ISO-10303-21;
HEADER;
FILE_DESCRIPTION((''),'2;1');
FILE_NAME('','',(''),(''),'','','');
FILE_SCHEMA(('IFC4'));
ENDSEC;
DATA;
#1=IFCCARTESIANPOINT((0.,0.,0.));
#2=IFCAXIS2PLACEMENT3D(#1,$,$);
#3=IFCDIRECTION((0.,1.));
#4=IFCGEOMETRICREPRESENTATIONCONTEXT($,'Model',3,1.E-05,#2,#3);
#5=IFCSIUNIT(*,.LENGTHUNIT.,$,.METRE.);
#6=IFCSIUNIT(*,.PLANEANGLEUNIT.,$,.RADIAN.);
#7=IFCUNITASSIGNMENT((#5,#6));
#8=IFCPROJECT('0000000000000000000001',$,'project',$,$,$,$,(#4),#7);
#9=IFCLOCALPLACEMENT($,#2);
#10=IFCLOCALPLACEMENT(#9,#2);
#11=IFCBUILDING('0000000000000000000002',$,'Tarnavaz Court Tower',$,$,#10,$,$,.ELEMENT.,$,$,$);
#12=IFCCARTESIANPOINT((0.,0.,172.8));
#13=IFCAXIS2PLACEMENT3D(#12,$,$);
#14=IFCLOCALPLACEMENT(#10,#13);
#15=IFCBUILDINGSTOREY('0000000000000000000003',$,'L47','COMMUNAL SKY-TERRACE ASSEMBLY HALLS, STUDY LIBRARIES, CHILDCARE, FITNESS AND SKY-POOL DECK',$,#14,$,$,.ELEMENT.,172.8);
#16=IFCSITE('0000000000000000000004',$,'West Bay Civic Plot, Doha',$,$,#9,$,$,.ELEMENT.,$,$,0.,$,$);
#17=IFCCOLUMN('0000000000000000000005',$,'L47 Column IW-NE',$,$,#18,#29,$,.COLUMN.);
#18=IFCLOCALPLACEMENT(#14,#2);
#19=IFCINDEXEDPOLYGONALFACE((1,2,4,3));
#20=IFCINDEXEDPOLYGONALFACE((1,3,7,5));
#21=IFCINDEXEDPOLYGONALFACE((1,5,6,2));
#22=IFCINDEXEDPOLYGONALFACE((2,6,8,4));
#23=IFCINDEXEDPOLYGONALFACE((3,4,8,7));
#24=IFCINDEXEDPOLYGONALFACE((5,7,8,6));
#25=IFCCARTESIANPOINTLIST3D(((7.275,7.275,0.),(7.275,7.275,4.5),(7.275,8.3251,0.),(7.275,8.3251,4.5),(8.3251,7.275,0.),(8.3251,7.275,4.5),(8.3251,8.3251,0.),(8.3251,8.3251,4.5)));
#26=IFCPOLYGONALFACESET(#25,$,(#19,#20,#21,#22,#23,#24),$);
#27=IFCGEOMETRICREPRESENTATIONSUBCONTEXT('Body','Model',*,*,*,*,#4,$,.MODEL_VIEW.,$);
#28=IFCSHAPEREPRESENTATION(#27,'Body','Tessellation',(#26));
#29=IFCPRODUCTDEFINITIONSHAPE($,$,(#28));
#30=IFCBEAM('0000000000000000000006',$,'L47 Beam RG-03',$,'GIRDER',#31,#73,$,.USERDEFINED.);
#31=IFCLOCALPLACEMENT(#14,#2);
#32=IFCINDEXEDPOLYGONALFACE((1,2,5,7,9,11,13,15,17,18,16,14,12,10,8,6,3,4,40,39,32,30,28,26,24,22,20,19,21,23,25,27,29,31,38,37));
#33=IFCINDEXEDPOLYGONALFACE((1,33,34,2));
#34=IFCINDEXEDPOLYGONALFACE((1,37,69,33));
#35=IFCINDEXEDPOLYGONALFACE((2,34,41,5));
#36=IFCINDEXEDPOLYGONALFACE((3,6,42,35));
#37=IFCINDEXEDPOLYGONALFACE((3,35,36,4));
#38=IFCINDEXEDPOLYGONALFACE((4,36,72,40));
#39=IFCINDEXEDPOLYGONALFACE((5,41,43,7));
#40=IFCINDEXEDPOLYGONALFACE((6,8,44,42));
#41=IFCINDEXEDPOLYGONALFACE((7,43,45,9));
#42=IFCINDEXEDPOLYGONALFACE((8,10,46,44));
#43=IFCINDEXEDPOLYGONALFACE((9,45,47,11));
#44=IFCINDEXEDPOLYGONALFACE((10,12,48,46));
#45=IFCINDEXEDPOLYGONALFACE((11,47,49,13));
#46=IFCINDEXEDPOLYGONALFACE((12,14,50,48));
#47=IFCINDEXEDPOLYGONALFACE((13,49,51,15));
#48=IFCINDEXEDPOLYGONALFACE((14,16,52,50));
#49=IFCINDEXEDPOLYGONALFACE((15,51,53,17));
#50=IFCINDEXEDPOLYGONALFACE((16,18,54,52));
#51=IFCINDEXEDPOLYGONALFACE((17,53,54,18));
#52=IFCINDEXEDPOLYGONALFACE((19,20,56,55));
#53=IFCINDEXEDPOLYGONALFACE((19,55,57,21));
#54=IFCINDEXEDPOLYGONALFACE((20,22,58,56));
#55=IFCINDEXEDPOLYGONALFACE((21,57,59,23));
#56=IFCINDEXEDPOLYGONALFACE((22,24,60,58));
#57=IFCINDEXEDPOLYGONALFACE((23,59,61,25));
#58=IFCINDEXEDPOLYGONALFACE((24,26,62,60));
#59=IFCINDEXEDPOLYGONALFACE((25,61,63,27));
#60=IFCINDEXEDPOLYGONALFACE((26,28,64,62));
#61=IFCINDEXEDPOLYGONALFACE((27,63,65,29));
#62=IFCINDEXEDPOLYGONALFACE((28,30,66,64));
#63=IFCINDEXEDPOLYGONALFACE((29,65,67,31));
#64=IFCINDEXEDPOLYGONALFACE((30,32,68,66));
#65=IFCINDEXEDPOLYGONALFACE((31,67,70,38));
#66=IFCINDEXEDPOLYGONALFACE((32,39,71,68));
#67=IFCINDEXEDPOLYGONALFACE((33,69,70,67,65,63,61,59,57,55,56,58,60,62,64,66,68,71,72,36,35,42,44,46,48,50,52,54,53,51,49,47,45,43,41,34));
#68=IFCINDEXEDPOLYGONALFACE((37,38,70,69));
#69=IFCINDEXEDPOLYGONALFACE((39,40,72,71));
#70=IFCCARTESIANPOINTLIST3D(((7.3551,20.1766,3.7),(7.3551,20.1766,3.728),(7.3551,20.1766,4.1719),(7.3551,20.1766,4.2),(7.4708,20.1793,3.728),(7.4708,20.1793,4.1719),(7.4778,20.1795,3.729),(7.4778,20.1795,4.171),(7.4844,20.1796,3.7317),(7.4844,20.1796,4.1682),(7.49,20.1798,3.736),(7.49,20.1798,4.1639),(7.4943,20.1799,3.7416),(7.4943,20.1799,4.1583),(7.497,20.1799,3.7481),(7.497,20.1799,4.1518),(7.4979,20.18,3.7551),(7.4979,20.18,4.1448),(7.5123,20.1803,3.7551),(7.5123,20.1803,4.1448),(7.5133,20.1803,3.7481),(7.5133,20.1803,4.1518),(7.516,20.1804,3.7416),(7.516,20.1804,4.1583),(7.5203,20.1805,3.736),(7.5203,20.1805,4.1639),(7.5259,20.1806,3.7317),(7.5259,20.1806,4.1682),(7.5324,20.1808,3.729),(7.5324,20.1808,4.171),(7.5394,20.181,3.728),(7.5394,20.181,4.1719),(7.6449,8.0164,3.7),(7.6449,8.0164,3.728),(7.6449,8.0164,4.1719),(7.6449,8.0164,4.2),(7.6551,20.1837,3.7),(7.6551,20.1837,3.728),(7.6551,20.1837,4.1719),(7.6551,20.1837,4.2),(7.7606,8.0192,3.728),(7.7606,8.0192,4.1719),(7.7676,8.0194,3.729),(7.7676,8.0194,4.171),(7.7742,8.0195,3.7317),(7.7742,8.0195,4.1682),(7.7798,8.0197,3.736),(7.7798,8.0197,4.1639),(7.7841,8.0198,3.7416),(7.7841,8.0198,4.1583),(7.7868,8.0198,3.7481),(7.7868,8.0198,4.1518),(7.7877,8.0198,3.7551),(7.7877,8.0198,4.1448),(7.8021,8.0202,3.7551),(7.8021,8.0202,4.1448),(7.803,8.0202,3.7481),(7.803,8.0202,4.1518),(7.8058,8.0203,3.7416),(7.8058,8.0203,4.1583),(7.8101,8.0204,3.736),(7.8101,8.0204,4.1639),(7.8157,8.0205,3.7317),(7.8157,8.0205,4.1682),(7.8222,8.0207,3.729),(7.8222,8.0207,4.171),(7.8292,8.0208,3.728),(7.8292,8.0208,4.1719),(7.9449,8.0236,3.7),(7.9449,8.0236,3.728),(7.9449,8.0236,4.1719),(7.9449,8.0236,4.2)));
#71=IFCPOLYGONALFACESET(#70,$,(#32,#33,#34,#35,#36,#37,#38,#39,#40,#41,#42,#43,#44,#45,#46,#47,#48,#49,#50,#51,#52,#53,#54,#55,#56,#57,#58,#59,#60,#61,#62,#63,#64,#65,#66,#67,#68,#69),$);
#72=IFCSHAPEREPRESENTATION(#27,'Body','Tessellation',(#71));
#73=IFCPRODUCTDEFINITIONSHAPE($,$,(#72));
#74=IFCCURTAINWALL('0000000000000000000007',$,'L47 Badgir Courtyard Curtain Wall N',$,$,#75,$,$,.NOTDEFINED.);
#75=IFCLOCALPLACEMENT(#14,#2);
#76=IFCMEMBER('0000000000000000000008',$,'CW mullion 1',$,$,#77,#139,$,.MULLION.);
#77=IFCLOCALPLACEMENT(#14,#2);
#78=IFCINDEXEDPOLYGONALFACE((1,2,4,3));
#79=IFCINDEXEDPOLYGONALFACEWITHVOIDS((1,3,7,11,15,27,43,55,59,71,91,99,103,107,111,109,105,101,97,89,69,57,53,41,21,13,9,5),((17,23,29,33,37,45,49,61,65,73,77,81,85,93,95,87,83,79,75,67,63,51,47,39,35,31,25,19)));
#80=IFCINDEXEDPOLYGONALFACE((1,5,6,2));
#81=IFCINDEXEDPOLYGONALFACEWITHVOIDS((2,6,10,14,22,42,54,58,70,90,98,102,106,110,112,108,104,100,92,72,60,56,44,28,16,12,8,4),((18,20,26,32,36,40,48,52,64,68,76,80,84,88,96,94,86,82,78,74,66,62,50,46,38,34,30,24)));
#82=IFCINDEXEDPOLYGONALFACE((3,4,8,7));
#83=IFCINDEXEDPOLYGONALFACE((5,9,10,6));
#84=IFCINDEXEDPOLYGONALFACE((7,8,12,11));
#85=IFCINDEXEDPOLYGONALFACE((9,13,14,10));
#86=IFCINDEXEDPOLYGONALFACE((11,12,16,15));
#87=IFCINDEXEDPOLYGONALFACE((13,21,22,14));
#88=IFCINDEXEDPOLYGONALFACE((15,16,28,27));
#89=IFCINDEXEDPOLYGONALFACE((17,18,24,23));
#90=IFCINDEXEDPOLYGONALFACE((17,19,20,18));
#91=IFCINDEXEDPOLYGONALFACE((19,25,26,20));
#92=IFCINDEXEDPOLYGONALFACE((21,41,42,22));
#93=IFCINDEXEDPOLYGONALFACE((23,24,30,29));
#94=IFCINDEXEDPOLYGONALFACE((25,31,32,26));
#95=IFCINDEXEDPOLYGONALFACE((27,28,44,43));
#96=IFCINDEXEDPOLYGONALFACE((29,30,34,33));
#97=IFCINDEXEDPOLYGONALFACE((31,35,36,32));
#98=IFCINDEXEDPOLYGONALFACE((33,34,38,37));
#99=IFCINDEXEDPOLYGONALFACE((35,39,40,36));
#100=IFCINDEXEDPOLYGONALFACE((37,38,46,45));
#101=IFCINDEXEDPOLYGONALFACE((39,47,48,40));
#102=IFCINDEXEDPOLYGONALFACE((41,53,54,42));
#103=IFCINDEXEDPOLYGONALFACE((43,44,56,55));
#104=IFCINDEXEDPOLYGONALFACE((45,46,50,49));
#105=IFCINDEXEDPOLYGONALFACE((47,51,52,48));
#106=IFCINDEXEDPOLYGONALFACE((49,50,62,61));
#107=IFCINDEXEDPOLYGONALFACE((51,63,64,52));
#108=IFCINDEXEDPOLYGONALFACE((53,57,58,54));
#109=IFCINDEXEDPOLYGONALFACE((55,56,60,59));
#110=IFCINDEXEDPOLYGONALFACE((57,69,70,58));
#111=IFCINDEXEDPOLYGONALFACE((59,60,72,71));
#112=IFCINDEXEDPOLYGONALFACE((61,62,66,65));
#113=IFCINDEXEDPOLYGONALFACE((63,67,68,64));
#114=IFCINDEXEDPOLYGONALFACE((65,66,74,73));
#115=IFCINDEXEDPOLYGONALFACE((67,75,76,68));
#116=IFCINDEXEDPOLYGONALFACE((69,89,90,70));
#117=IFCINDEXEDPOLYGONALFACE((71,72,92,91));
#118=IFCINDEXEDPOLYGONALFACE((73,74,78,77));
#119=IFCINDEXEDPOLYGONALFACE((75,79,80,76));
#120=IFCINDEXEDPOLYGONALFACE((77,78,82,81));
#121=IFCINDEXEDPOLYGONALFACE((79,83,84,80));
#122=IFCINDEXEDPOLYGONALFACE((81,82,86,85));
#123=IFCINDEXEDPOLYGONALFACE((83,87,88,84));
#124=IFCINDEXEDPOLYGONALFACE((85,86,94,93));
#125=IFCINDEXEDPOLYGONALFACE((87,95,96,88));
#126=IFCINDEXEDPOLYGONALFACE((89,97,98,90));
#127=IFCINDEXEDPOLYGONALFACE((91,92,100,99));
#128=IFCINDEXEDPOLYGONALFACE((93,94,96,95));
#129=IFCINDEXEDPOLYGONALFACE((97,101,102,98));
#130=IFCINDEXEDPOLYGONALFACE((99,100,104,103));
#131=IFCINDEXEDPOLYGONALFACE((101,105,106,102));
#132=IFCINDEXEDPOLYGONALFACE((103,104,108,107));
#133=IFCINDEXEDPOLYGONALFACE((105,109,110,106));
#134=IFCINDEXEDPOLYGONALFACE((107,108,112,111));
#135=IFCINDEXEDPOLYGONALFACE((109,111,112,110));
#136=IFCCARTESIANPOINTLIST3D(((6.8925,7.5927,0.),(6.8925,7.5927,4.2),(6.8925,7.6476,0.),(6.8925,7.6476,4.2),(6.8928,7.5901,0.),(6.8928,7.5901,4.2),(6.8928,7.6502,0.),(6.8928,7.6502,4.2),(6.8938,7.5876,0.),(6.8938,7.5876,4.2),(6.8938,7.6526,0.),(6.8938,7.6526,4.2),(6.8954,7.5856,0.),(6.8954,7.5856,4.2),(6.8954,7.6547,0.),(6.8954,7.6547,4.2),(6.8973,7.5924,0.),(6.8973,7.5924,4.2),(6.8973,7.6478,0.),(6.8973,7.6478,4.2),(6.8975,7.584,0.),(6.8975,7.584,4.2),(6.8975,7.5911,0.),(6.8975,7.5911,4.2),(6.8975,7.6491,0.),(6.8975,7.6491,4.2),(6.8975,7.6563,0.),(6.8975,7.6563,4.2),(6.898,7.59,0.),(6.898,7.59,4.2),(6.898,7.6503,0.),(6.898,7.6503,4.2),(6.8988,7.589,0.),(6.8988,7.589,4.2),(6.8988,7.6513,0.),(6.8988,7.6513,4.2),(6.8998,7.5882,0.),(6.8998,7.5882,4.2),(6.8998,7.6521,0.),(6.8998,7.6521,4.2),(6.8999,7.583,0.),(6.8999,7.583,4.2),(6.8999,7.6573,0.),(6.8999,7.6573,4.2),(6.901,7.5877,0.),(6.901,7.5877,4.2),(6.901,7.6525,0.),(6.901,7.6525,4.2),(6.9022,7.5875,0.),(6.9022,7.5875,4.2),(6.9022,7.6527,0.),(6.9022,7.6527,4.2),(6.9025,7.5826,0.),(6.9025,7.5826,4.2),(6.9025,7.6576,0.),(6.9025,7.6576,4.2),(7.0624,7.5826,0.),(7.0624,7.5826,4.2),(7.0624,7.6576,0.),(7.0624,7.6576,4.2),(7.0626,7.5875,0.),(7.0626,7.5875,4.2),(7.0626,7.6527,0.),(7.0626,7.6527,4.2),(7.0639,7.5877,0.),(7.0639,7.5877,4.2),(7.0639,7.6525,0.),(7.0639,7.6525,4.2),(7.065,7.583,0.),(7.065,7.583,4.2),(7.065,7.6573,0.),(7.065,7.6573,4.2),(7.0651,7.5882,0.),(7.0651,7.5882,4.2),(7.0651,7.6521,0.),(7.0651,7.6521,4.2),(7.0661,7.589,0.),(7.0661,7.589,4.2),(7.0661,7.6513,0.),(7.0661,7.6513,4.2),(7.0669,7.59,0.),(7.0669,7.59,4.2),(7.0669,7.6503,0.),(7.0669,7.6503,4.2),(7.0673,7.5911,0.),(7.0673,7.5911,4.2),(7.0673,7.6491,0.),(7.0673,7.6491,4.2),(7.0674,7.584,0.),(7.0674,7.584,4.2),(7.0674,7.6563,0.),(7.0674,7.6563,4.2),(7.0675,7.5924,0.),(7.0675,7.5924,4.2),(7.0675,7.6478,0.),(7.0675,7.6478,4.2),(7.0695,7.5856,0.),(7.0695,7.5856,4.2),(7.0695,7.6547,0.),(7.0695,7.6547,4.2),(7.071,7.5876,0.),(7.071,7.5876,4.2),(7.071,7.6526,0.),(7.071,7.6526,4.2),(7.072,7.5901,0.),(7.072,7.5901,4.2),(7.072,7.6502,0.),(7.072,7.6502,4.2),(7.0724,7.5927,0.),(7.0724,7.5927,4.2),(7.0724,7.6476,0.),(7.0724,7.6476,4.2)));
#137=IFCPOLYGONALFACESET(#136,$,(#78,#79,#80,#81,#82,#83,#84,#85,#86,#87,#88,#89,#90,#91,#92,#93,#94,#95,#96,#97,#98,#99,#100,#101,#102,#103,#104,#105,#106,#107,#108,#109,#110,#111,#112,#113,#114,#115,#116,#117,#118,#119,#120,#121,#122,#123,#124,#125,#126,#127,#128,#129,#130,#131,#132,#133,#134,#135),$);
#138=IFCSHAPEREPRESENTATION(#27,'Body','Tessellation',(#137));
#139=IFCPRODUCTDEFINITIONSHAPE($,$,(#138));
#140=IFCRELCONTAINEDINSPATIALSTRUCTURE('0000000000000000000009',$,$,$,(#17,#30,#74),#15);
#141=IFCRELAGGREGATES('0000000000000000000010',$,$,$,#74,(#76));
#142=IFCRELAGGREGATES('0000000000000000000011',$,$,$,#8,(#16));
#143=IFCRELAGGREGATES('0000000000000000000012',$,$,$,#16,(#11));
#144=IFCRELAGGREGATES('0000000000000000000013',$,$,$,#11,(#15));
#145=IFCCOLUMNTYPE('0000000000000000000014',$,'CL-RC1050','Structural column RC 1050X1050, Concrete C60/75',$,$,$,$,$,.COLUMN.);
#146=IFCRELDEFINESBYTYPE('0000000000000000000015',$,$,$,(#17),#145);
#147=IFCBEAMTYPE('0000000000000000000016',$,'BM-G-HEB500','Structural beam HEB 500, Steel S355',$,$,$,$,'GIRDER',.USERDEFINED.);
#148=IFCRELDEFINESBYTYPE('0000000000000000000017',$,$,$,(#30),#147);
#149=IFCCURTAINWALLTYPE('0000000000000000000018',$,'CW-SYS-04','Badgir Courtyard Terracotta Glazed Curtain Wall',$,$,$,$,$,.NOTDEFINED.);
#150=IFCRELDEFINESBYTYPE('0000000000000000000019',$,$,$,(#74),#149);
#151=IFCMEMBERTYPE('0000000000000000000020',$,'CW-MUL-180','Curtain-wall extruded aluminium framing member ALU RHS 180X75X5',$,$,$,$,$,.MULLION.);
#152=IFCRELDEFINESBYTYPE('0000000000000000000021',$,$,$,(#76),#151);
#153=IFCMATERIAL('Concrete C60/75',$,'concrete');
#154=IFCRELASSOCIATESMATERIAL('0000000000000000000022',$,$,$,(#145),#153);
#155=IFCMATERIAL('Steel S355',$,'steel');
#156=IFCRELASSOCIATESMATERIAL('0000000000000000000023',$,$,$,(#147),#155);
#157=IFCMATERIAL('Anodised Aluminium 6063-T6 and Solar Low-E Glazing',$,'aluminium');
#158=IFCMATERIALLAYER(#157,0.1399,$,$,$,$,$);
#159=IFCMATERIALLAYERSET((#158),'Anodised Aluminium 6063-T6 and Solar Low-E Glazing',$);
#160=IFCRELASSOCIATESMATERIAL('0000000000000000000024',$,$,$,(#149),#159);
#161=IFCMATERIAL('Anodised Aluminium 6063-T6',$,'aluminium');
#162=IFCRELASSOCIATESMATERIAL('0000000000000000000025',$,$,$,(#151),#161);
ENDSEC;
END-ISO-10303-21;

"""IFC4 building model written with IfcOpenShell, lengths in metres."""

from ifc_helpers import new_model, si_unit, direction, frame, origin, origin_2d, place, context, subcontext, project, spatial, rectangle, hollow_rectangle, i_section, extrude, material, layer, layer_set, material_profile, profile_set, type_object, element, aggregate, save


model = new_model("IFC4")

# Units and contexts
model_context = context("Model", 3, precision=1e-05, world=origin(), true_north=direction((0.0, 1.0)))
body_context = subcontext(model_context, "Body", "Model", "MODEL_VIEW")
ifc_project = project(units=[si_unit("LENGTHUNIT", "METRE"), si_unit("PLANEANGLEUNIT", "RADIAN")], contexts=[model_context])

# Site, building, storey
site_placement = place(None, origin())
site = spatial("IfcSite", under=ifc_project, at=site_placement, Name="West Bay Civic Plot, Doha", CompositionType="ELEMENT", RefElevation=0.0)
building_placement = place(site_placement, origin())
building = spatial("IfcBuilding", under=site, at=building_placement, Name="Tarnavaz Court Tower", CompositionType="ELEMENT")
storey_placement = place(building_placement, frame((0.0, 0.0, 172.8)))
storey = spatial("IfcBuildingStorey", under=building, at=storey_placement, Name="L47", Description="COMMUNAL SKY-TERRACE ASSEMBLY HALLS, STUDY LIBRARIES, CHILDCARE, FITNESS AND SKY-POOL DECK", CompositionType="ELEMENT", Elevation=172.8)

# Column
ifc_material_1 = material(Name="Concrete C60/75", Category="concrete")
ifc_material_profile_1 = material_profile(ifc_material_1, rectangle(XDim=1.05, YDim=1.05, at=origin_2d()), Name="RC 1050X1050")
ifc_profile_set_1 = profile_set([ifc_material_profile_1], Name="Concrete C60/75")
column_type = type_object("IfcColumnType", Name="CL-RC1050", Description="Structural column RC 1050X1050, Concrete C60/75", PredefinedType="COLUMN", material=ifc_profile_set_1)
column_placement = place(storey_placement, frame((7.8, 7.8, 0.0), z_axis=(0.0, 0.0, 1.0), x_axis=(1.0, 0.0, 0.0)))
element("IfcColumn", 1, at=column_placement, inside=storey, type_object=column_type, Name="L47 Column IW-NE", PredefinedType="COLUMN", context=body_context, shape_type="SweptSolid", body=[
    extrude(rectangle(XDim=1.05, YDim=1.05, at=origin_2d()), origin(), (0.0, 0.0, 1.0), 4.5),
])

# Beam
ifc_material_2 = material(Name="Steel S355", Category="steel")
ifc_material_profile_2 = material_profile(ifc_material_2, i_section(OverallWidth=0.3, OverallDepth=0.5, WebThickness=0.0144, FlangeThickness=0.0281, FilletRadius=0.0271, at=origin_2d()), Name="HEB 500")
ifc_profile_set_2 = profile_set([ifc_material_profile_2], Name="Steel S355")
beam_type = type_object("IfcBeamType", Name="BM-G-HEB500", Description="Structural beam HEB 500, Steel S355", ElementType="GIRDER", PredefinedType="USERDEFINED", material=ifc_profile_set_2)
beam_placement = place(storey_placement, frame((7.7949, 8.02, 3.95), z_axis=(-0.023825, 0.999716, 0.0), x_axis=(-0.999716, -0.023825, 0.0)))
element("IfcBeam", 2, at=beam_placement, inside=storey, type_object=beam_type, Name="L47 Beam RG-03", ObjectType="GIRDER", PredefinedType="USERDEFINED", context=body_context, shape_type="SweptSolid", body=[
    extrude(i_section(OverallWidth=0.3, OverallDepth=0.5, WebThickness=0.0144, FlangeThickness=0.0281, FilletRadius=0.0271, at=origin_2d()), origin(), (0.0, 0.0, 1.0), 12.1636),
])

# Curtain wall, member
ifc_material_3 = material(Name="Anodised Aluminium 6063-T6 and Solar Low-E Glazing", Category="aluminium")
ifc_layer_1 = layer(ifc_material_3, 0.1399)
ifc_layer_set_1 = layer_set([ifc_layer_1], Name="Anodised Aluminium 6063-T6 and Solar Low-E Glazing")
curtain_wall_type = type_object("IfcCurtainWallType", Name="CW-SYS-04", Description="Badgir Courtyard Terracotta Glazed Curtain Wall", PredefinedType="NOTDEFINED", material=ifc_layer_set_1)
curtain_wall_placement = place(storey_placement, origin())
curtain_wall = element("IfcCurtainWall", 3, at=curtain_wall_placement, inside=storey, type_object=curtain_wall_type, Name="L47 Badgir Courtyard Curtain Wall N", PredefinedType="NOTDEFINED")
ifc_material_4 = material(Name="Anodised Aluminium 6063-T6", Category="aluminium")
ifc_material_profile_3 = material_profile(ifc_material_4, hollow_rectangle(XDim=0.075, YDim=0.1799, WallThickness=0.0049, InnerFilletRadius=0.0049, OuterFilletRadius=0.01, at=origin_2d()), Name="ALU RHS 180X75X5")
ifc_profile_set_3 = profile_set([ifc_material_profile_3], Name="Anodised Aluminium 6063-T6")
member_type_1 = type_object("IfcMemberType", Name="CW-MUL-180", Description="Curtain-wall extruded aluminium framing member ALU RHS 180X75X5", PredefinedType="MULLION", material=ifc_profile_set_3)
member_1_placement = place(storey_placement, frame((6.9824, 7.6201, 0.0), z_axis=(0.0, 0.0, 1.0), x_axis=(0.0, -1.0, 0.0)))
member_1 = element("IfcMember", 4, at=member_1_placement, type_object=member_type_1, Name="CW mullion 1", PredefinedType="MULLION", context=body_context, shape_type="SweptSolid", body=[
    extrude(hollow_rectangle(XDim=0.075, YDim=0.1799, WallThickness=0.0049, InnerFilletRadius=0.0049, OuterFilletRadius=0.01, at=origin_2d()), origin(), (0.0, 0.0, 1.0), 4.2),
])
aggregate(curtain_wall, [member_1])

save(model, "model.ifc")
